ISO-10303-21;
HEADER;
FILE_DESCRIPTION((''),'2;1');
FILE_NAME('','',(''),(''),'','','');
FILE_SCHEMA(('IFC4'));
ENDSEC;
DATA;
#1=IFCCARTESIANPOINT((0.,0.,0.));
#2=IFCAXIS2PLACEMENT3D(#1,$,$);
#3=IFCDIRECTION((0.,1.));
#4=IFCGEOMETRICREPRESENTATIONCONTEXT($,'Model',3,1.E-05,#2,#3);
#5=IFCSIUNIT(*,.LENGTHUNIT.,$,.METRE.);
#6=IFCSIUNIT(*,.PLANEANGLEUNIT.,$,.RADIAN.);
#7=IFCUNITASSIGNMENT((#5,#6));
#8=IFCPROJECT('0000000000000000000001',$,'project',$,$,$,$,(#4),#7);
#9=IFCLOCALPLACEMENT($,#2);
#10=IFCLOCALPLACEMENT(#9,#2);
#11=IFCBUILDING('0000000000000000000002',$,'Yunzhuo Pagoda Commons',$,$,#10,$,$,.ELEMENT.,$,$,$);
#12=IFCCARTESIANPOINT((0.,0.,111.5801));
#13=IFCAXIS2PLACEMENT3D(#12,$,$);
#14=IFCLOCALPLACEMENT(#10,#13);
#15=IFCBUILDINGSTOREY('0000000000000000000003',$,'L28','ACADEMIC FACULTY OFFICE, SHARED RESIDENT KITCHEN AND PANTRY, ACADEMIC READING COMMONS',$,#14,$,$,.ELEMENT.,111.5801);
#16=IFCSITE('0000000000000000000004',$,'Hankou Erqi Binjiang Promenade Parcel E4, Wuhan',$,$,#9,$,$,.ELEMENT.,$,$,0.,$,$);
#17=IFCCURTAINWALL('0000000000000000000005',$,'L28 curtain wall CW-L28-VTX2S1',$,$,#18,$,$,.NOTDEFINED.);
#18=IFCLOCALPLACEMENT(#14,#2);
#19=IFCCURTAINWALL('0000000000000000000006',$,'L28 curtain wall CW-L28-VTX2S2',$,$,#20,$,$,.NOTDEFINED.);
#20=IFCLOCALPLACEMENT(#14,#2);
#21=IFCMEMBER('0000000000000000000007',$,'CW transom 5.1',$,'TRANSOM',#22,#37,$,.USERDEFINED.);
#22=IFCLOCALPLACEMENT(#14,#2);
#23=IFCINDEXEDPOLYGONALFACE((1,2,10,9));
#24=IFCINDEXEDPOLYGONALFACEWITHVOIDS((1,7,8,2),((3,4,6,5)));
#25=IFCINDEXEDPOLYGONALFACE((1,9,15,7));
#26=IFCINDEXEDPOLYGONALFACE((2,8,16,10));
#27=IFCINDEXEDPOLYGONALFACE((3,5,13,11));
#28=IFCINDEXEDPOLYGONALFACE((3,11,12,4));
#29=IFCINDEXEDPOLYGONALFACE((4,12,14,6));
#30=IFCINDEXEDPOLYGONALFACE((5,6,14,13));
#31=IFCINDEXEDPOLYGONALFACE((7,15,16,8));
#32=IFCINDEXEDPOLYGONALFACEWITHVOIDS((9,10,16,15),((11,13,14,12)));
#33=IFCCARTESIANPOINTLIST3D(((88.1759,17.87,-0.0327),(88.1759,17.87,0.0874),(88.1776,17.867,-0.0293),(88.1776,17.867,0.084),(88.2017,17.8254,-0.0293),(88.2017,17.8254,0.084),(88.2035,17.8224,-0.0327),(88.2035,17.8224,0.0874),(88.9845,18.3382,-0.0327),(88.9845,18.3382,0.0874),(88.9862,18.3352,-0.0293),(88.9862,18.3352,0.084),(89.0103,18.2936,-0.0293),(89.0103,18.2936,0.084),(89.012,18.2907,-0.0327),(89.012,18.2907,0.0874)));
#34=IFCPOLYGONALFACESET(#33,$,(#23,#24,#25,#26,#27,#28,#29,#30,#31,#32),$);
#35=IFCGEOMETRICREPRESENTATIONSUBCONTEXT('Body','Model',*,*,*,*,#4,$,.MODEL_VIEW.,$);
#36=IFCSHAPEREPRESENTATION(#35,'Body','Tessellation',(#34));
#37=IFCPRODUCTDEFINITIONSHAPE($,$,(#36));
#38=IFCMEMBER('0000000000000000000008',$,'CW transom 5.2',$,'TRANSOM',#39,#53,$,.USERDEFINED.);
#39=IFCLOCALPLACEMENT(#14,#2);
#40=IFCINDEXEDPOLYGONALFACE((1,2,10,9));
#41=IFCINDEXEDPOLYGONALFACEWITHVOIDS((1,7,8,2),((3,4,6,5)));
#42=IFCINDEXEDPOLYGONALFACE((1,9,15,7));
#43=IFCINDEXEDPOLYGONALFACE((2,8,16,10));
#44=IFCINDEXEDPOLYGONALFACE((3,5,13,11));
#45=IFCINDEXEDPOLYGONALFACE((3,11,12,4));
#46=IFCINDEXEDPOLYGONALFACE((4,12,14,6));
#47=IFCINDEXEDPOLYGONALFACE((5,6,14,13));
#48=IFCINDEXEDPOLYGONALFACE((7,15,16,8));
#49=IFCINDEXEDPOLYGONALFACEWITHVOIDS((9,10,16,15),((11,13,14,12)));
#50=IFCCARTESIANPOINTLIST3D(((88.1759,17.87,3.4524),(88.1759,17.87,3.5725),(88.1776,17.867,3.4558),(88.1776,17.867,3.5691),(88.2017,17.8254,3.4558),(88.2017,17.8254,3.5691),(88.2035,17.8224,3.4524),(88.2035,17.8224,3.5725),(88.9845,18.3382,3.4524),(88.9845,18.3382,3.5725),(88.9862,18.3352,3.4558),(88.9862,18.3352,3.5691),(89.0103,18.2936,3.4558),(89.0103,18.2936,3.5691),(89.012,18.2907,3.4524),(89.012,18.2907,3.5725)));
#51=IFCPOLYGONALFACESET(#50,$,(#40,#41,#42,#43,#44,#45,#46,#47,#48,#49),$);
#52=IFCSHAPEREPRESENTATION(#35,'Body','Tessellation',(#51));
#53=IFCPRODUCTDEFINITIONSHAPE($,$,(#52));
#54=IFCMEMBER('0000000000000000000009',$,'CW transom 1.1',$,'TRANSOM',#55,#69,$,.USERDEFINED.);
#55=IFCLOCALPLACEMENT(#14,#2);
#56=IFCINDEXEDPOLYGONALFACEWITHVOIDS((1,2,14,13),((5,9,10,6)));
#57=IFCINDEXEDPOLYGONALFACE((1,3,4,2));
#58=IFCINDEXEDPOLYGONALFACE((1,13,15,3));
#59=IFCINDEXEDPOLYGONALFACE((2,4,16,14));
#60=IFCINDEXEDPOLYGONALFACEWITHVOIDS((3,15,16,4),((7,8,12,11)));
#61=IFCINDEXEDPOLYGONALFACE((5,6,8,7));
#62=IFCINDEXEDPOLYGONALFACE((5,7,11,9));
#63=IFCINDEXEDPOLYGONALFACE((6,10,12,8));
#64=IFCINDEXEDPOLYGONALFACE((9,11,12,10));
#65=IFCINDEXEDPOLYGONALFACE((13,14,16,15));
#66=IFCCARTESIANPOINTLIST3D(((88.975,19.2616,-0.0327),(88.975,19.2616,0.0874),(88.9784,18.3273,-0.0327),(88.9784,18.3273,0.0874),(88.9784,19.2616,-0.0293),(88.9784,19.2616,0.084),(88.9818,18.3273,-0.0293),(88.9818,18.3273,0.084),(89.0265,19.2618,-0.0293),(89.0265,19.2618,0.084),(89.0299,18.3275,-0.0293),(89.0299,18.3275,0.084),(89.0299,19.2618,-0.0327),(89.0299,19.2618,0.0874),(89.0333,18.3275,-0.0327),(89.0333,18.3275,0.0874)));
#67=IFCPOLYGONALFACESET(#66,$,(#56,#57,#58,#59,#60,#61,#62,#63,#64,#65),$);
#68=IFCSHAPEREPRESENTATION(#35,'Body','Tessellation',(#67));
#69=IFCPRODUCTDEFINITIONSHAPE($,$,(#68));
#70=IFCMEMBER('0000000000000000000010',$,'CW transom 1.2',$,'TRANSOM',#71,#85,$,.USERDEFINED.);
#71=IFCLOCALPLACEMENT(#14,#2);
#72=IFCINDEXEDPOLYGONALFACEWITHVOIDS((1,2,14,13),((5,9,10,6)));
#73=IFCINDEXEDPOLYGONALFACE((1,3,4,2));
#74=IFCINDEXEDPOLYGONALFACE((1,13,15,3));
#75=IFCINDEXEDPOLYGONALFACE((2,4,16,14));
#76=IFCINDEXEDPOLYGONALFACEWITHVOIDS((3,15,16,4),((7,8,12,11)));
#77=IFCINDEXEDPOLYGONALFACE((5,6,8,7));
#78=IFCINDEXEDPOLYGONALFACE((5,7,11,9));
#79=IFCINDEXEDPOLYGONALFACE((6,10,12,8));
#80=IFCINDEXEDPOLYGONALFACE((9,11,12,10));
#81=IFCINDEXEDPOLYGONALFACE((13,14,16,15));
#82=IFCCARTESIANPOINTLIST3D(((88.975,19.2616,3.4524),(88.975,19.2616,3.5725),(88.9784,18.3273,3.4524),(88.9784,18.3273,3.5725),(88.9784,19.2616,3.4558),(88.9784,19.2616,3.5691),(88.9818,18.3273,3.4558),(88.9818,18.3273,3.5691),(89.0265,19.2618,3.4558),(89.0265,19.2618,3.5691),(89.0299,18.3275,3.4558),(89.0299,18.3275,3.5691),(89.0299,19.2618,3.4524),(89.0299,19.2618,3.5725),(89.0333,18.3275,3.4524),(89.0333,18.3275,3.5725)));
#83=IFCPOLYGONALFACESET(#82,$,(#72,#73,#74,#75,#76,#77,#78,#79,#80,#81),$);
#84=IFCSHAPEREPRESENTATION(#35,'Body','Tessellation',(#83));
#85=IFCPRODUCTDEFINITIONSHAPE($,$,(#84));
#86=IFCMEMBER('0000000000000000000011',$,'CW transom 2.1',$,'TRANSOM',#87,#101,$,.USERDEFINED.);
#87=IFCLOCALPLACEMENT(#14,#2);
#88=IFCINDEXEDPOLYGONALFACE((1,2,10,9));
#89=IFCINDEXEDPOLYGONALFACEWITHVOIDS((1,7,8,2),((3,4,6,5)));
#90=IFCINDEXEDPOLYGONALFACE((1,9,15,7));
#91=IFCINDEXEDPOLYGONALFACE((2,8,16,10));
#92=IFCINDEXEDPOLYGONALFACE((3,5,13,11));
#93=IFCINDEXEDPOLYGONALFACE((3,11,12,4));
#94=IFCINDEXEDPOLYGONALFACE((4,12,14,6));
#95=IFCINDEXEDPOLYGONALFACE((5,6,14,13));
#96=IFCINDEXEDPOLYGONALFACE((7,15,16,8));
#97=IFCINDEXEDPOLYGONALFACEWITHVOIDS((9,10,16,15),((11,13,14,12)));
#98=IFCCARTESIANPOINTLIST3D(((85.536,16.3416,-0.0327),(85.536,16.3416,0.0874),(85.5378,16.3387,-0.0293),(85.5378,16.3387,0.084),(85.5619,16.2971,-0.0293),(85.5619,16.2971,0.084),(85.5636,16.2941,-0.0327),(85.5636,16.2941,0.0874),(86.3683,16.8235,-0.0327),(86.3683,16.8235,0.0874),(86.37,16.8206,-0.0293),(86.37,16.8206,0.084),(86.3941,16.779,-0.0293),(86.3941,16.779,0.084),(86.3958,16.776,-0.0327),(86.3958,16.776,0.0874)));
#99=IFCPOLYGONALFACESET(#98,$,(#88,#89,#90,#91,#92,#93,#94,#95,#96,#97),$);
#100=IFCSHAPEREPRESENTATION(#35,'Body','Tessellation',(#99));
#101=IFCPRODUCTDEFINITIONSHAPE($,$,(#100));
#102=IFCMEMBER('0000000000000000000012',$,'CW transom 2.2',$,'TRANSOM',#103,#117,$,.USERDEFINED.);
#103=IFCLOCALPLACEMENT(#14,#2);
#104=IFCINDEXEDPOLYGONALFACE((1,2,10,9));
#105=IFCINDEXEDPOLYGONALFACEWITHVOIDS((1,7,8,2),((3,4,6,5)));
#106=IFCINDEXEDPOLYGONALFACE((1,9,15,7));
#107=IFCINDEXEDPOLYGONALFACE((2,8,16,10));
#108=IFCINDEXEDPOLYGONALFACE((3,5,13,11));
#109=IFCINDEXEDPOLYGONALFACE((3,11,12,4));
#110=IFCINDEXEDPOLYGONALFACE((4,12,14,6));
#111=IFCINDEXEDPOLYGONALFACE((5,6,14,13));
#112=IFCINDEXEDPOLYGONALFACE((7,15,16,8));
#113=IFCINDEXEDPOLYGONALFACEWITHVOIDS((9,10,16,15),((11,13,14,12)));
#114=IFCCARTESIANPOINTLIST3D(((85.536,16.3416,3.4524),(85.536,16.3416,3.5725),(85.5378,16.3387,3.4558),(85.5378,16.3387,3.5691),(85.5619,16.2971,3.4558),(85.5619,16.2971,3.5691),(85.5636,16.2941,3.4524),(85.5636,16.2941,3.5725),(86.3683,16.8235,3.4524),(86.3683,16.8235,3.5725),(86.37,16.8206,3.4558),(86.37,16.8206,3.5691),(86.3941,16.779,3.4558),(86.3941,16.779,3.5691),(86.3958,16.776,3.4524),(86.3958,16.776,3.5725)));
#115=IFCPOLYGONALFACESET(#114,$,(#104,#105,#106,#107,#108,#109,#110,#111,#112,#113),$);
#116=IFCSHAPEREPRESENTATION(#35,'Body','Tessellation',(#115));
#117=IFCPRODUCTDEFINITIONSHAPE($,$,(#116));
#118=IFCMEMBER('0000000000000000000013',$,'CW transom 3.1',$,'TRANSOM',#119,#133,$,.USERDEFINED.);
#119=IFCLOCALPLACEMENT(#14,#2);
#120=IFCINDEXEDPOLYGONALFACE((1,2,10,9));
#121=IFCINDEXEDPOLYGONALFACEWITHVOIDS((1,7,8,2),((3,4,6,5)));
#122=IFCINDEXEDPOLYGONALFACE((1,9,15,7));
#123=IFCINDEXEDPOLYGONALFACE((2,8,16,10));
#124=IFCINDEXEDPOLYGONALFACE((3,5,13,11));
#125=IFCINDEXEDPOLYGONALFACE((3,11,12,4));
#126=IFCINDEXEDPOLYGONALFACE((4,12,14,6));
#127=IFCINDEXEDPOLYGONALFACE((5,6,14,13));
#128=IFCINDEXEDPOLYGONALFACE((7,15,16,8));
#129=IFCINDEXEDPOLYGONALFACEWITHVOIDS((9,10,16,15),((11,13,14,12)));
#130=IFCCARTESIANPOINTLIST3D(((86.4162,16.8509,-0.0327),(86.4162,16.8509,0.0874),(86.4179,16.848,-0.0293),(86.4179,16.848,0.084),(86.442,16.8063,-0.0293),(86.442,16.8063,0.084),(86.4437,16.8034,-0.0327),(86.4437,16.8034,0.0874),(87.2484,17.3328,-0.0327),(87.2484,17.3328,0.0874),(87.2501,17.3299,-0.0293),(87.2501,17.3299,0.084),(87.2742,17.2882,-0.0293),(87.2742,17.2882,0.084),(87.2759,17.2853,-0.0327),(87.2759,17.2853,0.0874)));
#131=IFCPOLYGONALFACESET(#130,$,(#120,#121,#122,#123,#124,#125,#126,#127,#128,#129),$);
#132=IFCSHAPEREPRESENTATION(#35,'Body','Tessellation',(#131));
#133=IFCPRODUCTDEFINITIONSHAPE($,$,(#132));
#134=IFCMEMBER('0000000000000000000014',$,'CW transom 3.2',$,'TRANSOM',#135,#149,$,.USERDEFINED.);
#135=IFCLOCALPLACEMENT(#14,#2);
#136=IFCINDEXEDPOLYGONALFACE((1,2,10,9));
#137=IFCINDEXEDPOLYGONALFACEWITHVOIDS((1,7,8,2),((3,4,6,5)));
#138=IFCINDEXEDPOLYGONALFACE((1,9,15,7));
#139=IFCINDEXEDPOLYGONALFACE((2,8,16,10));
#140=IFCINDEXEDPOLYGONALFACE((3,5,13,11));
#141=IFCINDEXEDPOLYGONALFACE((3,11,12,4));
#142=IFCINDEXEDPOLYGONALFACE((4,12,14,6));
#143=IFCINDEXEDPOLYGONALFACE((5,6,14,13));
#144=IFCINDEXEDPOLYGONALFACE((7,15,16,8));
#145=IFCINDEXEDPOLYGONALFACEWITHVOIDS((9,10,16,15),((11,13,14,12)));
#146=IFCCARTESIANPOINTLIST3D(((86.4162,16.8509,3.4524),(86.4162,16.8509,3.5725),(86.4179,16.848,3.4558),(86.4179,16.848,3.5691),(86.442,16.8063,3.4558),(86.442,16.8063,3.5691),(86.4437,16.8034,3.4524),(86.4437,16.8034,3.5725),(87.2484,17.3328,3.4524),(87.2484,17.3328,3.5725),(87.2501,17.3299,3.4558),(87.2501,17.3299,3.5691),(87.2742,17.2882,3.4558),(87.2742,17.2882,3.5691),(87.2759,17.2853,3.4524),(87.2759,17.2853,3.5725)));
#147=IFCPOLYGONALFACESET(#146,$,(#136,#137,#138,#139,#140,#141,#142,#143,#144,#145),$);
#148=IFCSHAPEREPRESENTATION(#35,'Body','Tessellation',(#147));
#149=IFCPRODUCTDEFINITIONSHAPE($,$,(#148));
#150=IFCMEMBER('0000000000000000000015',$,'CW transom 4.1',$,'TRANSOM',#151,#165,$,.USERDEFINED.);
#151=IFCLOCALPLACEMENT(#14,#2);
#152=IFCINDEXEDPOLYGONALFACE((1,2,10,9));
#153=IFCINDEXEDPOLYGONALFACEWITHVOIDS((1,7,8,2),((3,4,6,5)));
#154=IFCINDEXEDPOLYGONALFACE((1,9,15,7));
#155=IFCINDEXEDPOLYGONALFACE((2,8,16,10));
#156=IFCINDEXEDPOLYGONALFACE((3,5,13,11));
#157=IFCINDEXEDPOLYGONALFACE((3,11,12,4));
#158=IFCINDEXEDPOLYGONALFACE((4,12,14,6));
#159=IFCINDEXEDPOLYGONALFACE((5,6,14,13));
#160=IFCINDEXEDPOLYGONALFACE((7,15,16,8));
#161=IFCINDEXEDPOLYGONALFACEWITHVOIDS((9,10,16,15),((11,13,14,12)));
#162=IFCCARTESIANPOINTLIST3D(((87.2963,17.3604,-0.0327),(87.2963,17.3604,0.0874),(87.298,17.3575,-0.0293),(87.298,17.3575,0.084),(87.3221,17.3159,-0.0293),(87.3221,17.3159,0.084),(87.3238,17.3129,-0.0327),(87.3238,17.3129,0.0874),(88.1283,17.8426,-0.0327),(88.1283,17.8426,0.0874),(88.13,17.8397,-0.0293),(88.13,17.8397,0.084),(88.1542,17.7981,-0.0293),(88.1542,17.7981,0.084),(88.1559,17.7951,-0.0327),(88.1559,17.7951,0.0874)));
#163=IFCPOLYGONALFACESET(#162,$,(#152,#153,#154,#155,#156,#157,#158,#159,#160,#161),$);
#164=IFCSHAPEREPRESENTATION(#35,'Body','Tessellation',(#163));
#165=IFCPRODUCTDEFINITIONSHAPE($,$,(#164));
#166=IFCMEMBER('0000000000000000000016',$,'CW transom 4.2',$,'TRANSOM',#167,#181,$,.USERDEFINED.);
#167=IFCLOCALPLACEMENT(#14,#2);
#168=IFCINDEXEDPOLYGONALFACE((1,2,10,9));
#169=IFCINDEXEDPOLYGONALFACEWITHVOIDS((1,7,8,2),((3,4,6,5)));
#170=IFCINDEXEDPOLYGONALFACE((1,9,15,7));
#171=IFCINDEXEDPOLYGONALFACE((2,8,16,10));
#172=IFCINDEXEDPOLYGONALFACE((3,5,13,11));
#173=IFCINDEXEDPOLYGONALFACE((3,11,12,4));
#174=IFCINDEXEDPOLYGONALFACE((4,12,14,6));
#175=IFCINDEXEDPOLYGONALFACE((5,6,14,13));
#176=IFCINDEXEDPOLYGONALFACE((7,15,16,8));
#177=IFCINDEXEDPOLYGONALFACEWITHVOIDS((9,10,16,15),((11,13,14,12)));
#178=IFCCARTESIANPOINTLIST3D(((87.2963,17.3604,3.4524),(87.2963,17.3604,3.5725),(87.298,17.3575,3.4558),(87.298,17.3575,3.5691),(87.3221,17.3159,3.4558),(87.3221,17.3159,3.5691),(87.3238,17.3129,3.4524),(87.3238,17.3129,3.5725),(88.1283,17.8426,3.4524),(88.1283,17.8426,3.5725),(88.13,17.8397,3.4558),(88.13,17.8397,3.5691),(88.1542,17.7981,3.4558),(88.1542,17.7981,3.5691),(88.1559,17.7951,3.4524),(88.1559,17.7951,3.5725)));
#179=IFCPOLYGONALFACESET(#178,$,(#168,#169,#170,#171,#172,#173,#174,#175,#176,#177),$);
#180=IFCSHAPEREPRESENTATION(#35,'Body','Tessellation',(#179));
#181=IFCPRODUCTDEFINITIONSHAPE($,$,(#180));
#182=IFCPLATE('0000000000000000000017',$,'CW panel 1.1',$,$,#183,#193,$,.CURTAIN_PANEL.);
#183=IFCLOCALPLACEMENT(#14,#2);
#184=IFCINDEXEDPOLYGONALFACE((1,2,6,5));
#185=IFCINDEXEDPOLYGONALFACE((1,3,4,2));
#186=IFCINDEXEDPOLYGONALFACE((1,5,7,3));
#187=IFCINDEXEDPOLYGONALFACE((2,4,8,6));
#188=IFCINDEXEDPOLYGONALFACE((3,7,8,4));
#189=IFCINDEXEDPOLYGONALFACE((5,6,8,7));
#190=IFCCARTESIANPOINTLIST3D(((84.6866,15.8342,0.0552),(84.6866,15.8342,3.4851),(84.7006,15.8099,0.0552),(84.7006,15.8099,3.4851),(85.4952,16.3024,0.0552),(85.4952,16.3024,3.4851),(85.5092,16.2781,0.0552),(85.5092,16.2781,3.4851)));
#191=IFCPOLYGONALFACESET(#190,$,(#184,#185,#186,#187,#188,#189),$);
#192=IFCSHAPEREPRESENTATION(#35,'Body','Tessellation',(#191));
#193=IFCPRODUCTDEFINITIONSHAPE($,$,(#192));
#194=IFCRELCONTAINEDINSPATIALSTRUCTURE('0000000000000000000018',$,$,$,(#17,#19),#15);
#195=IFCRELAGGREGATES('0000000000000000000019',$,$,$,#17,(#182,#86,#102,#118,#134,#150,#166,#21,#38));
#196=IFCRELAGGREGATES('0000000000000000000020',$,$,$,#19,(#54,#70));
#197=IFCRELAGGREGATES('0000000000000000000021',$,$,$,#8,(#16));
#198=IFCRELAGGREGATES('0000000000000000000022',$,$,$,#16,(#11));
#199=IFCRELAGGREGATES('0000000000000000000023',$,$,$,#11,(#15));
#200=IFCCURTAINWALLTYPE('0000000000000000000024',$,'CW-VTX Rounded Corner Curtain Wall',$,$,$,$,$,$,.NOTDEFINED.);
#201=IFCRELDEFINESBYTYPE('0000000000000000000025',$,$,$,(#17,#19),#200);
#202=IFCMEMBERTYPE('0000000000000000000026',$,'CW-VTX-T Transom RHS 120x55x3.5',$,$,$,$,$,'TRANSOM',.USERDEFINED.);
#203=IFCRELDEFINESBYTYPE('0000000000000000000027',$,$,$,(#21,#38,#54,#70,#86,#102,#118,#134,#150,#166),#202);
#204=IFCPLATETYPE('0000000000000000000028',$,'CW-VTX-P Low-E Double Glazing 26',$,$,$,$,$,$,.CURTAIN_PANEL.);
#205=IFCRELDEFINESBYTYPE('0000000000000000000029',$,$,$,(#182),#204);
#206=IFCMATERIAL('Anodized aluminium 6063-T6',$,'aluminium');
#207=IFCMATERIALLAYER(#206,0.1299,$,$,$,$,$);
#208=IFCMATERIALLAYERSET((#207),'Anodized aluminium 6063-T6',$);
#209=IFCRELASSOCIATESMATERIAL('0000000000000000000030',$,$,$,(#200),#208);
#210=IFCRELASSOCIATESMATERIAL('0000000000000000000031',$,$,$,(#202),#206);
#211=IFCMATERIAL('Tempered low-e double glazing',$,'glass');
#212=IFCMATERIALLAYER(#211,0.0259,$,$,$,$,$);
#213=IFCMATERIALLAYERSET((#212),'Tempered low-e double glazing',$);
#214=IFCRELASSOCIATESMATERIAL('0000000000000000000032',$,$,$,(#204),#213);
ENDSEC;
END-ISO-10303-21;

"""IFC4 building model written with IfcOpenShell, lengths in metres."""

from ifc_helpers import new_model, si_unit, direction, frame, origin, origin_2d, place, context, subcontext, project, spatial, rectangle, hollow_rectangle, extrude, source, transform, mapped, material, layer, layer_set, material_profile, profile_set, type_object, element, aggregate, save


model = new_model("IFC4")

# Units and contexts
model_context = context("Model", 3, precision=1e-05, world=origin(), true_north=direction((0.0, 1.0)))
body_context = subcontext(model_context, "Body", "Model", "MODEL_VIEW")
ifc_project = project(units=[si_unit("LENGTHUNIT", "METRE"), si_unit("PLANEANGLEUNIT", "RADIAN")], contexts=[model_context])

# Site, building, storey
site_placement = place(None, origin())
site = spatial("IfcSite", under=ifc_project, at=site_placement, Name="Hankou Erqi Binjiang Promenade Parcel E4, Wuhan", CompositionType="ELEMENT", RefElevation=0.0)
building_placement = place(site_placement, origin())
building = spatial("IfcBuilding", under=site, at=building_placement, Name="Yunzhuo Pagoda Commons", CompositionType="ELEMENT")
storey_placement = place(building_placement, frame((0.0, 0.0, 111.5801)))
storey = spatial("IfcBuildingStorey", under=building, at=storey_placement, Name="L28", Description="ACADEMIC FACULTY OFFICE, SHARED RESIDENT KITCHEN AND PANTRY, ACADEMIC READING COMMONS", CompositionType="ELEMENT", Elevation=111.5801)

# Shared definitions
ifc_material_1 = material(Name="Anodized aluminium 6063-T6", Category="aluminium")

# Curtain wall
ifc_layer_1 = layer(ifc_material_1, 0.1299)
ifc_layer_set_1 = layer_set([ifc_layer_1], Name="Anodized aluminium 6063-T6")
curtain_wall_type_1 = type_object("IfcCurtainWallType", Name="CW-VTX Rounded Corner Curtain Wall", PredefinedType="NOTDEFINED", material=ifc_layer_set_1)
curtain_wall_1_placement = place(storey_placement, origin())
curtain_wall_1 = element("IfcCurtainWall", 1, at=curtain_wall_1_placement, inside=storey, type_object=curtain_wall_type_1, Name="L28 curtain wall CW-L28-VTX2S1", PredefinedType="NOTDEFINED")

# Curtain wall
curtain_wall_2_placement = place(storey_placement, origin())
curtain_wall_2 = element("IfcCurtainWall", 2, at=curtain_wall_2_placement, inside=storey, type_object=curtain_wall_type_1, Name="L28 curtain wall CW-L28-VTX2S2", PredefinedType="NOTDEFINED")

# Members
ifc_material_profile_1 = material_profile(ifc_material_1, hollow_rectangle(XDim=0.0549, YDim=0.1201, WallThickness=0.0034, at=origin_2d()), Name="Anodized aluminium 6063-T6")
ifc_profile_set_1 = profile_set([ifc_material_profile_1], Name="Anodized aluminium 6063-T6")
member_type_1 = type_object("IfcMemberType", Name="CW-VTX-T Transom RHS 120x55x3.5", ElementType="TRANSOM", PredefinedType="USERDEFINED", material=ifc_profile_set_1)
shared_shape_1 = source(origin(), body_context, "Body", "SweptSolid", [
    extrude(hollow_rectangle(XDim=0.0549, YDim=0.1201, WallThickness=0.0034, at=origin_2d()), origin(), (0.0, 0.0, 1.0), 0.9343),
])
member_1_placement = place(storey_placement, frame((88.1897, 17.8462, 0.0273), z_axis=(0.865367, 0.501139, 0.0), x_axis=(-0.501139, 0.865367, 0.0)))
member_1 = element("IfcMember", 3, at=member_1_placement, type_object=member_type_1, Name="CW transom 5.1", ObjectType="TRANSOM", PredefinedType="USERDEFINED", context=body_context, shape_type="MappedRepresentation", body=[
    mapped(shared_shape_1, transform((0.0, 0.0, 0.0), scale=1.0)),
])
member_2_placement = place(storey_placement, frame((88.1897, 17.8462, 3.5125), z_axis=(0.865367, 0.501139, 0.0), x_axis=(-0.501139, 0.865367, 0.0)))
member_2 = element("IfcMember", 4, at=member_2_placement, type_object=member_type_1, Name="CW transom 5.2", ObjectType="TRANSOM", PredefinedType="USERDEFINED", context=body_context, shape_type="MappedRepresentation", body=[
    mapped(shared_shape_1, transform((0.0, 0.0, 0.0), scale=1.0)),
])
member_3_placement = place(storey_placement, frame((89.0059, 18.3274, 0.0273), z_axis=(-0.003658, 0.999993, 0.0), x_axis=(-0.999993, -0.003658, 0.0)))
member_3 = element("IfcMember", 5, at=member_3_placement, type_object=member_type_1, Name="CW transom 1.1", ObjectType="TRANSOM", PredefinedType="USERDEFINED", context=body_context, shape_type="MappedRepresentation", body=[
    mapped(shared_shape_1, transform((0.0, 0.0, 0.0), scale=1.0)),
])
member_4_placement = place(storey_placement, frame((89.0059, 18.3274, 3.5125), z_axis=(-0.003658, 0.999993, 0.0), x_axis=(-0.999993, -0.003658, 0.0)))
member_4 = element("IfcMember", 6, at=member_4_placement, type_object=member_type_1, Name="CW transom 1.2", ObjectType="TRANSOM", PredefinedType="USERDEFINED", context=body_context, shape_type="MappedRepresentation", body=[
    mapped(shared_shape_1, transform((0.0, 0.0, 0.0), scale=1.0)),
])
shared_shape_2 = source(origin(), body_context, "Body", "SweptSolid", [
    extrude(hollow_rectangle(XDim=0.0549, YDim=0.1201, WallThickness=0.0034, at=origin_2d()), origin(), (0.0, 0.0, 1.0), 0.9617),
])
member_5_placement = place(storey_placement, frame((85.5498, 16.3179, 0.0273), z_axis=(0.865386, 0.501106, 0.0), x_axis=(-0.501106, 0.865386, 0.0)))
member_5 = element("IfcMember", 7, at=member_5_placement, type_object=member_type_1, Name="CW transom 2.1", ObjectType="TRANSOM", PredefinedType="USERDEFINED", context=body_context, shape_type="MappedRepresentation", body=[
    mapped(shared_shape_2, transform((0.0, 0.0, 0.0), scale=1.0)),
])
member_6_placement = place(storey_placement, frame((85.5498, 16.3179, 3.5125), z_axis=(0.865386, 0.501106, 0.0), x_axis=(-0.501106, 0.865386, 0.0)))
member_6 = element("IfcMember", 8, at=member_6_placement, type_object=member_type_1, Name="CW transom 2.2", ObjectType="TRANSOM", PredefinedType="USERDEFINED", context=body_context, shape_type="MappedRepresentation", body=[
    mapped(shared_shape_2, transform((0.0, 0.0, 0.0), scale=1.0)),
])
member_7_placement = place(storey_placement, frame((86.4299, 16.8271, 0.0273), z_axis=(0.865386, 0.501106, 0.0), x_axis=(-0.501106, 0.865386, 0.0)))
member_7 = element("IfcMember", 9, at=member_7_placement, type_object=member_type_1, Name="CW transom 3.1", ObjectType="TRANSOM", PredefinedType="USERDEFINED", context=body_context, shape_type="MappedRepresentation", body=[
    mapped(shared_shape_2, transform((0.0, 0.0, 0.0), scale=1.0)),
])
member_8_placement = place(storey_placement, frame((86.4299, 16.8271, 3.5125), z_axis=(0.865386, 0.501106, 0.0), x_axis=(-0.501106, 0.865386, 0.0)))
member_8 = element("IfcMember", 10, at=member_8_placement, type_object=member_type_1, Name="CW transom 3.2", ObjectType="TRANSOM", PredefinedType="USERDEFINED", context=body_context, shape_type="MappedRepresentation", body=[
    mapped(shared_shape_2, transform((0.0, 0.0, 0.0), scale=1.0)),
])
member_9_placement = place(storey_placement, frame((87.3101, 17.3367, 0.0273), z_axis=(0.865212, 0.501407, 0.0), x_axis=(-0.501407, 0.865212, 0.0)))
member_9 = element("IfcMember", 11, at=member_9_placement, type_object=member_type_1, Name="CW transom 4.1", ObjectType="TRANSOM", PredefinedType="USERDEFINED", context=body_context, shape_type="MappedRepresentation", body=[
    mapped(shared_shape_2, transform((0.0, 0.0, 0.0), scale=1.0)),
])
member_10_placement = place(storey_placement, frame((87.3101, 17.3367, 3.5125), z_axis=(0.865212, 0.501407, 0.0), x_axis=(-0.501407, 0.865212, 0.0)))
member_10 = element("IfcMember", 12, at=member_10_placement, type_object=member_type_1, Name="CW transom 4.2", ObjectType="TRANSOM", PredefinedType="USERDEFINED", context=body_context, shape_type="MappedRepresentation", body=[
    mapped(shared_shape_2, transform((0.0, 0.0, 0.0), scale=1.0)),
])

# Plate
ifc_material_2 = material(Name="Tempered low-e double glazing", Category="glass")
ifc_layer_2 = layer(ifc_material_2, 0.0259)
ifc_layer_set_2 = layer_set([ifc_layer_2], Name="Tempered low-e double glazing")
plate_type = type_object("IfcPlateType", Name="CW-VTX-P Low-E Double Glazing 26", PredefinedType="CURTAIN_PANEL", material=ifc_layer_set_2)
shared_shape_3 = source(origin(), body_context, "Body", "SweptSolid", [
    extrude(rectangle(XDim=0.9343, YDim=0.0281, at=origin_2d()), origin(), (0.0, 0.0, 1.0), 3.4299),
])
plate_1_placement = place(storey_placement, frame((85.0979, 16.0562, 0.0552), z_axis=(0.0, 0.0, 1.0), x_axis=(0.865429, 0.501032, 0.0)))
plate_1 = element("IfcPlate", 13, at=plate_1_placement, type_object=plate_type, Name="CW panel 1.1", PredefinedType="CURTAIN_PANEL", context=body_context, shape_type="MappedRepresentation", body=[
    mapped(shared_shape_3, transform((0.0, 0.0, 0.0), scale=1.0)),
])
aggregate(curtain_wall_1, [plate_1, member_5, member_6, member_7, member_8, member_9, member_10, member_1, member_2])
aggregate(curtain_wall_2, [member_3, member_4])

save(model, "model.ifc")
